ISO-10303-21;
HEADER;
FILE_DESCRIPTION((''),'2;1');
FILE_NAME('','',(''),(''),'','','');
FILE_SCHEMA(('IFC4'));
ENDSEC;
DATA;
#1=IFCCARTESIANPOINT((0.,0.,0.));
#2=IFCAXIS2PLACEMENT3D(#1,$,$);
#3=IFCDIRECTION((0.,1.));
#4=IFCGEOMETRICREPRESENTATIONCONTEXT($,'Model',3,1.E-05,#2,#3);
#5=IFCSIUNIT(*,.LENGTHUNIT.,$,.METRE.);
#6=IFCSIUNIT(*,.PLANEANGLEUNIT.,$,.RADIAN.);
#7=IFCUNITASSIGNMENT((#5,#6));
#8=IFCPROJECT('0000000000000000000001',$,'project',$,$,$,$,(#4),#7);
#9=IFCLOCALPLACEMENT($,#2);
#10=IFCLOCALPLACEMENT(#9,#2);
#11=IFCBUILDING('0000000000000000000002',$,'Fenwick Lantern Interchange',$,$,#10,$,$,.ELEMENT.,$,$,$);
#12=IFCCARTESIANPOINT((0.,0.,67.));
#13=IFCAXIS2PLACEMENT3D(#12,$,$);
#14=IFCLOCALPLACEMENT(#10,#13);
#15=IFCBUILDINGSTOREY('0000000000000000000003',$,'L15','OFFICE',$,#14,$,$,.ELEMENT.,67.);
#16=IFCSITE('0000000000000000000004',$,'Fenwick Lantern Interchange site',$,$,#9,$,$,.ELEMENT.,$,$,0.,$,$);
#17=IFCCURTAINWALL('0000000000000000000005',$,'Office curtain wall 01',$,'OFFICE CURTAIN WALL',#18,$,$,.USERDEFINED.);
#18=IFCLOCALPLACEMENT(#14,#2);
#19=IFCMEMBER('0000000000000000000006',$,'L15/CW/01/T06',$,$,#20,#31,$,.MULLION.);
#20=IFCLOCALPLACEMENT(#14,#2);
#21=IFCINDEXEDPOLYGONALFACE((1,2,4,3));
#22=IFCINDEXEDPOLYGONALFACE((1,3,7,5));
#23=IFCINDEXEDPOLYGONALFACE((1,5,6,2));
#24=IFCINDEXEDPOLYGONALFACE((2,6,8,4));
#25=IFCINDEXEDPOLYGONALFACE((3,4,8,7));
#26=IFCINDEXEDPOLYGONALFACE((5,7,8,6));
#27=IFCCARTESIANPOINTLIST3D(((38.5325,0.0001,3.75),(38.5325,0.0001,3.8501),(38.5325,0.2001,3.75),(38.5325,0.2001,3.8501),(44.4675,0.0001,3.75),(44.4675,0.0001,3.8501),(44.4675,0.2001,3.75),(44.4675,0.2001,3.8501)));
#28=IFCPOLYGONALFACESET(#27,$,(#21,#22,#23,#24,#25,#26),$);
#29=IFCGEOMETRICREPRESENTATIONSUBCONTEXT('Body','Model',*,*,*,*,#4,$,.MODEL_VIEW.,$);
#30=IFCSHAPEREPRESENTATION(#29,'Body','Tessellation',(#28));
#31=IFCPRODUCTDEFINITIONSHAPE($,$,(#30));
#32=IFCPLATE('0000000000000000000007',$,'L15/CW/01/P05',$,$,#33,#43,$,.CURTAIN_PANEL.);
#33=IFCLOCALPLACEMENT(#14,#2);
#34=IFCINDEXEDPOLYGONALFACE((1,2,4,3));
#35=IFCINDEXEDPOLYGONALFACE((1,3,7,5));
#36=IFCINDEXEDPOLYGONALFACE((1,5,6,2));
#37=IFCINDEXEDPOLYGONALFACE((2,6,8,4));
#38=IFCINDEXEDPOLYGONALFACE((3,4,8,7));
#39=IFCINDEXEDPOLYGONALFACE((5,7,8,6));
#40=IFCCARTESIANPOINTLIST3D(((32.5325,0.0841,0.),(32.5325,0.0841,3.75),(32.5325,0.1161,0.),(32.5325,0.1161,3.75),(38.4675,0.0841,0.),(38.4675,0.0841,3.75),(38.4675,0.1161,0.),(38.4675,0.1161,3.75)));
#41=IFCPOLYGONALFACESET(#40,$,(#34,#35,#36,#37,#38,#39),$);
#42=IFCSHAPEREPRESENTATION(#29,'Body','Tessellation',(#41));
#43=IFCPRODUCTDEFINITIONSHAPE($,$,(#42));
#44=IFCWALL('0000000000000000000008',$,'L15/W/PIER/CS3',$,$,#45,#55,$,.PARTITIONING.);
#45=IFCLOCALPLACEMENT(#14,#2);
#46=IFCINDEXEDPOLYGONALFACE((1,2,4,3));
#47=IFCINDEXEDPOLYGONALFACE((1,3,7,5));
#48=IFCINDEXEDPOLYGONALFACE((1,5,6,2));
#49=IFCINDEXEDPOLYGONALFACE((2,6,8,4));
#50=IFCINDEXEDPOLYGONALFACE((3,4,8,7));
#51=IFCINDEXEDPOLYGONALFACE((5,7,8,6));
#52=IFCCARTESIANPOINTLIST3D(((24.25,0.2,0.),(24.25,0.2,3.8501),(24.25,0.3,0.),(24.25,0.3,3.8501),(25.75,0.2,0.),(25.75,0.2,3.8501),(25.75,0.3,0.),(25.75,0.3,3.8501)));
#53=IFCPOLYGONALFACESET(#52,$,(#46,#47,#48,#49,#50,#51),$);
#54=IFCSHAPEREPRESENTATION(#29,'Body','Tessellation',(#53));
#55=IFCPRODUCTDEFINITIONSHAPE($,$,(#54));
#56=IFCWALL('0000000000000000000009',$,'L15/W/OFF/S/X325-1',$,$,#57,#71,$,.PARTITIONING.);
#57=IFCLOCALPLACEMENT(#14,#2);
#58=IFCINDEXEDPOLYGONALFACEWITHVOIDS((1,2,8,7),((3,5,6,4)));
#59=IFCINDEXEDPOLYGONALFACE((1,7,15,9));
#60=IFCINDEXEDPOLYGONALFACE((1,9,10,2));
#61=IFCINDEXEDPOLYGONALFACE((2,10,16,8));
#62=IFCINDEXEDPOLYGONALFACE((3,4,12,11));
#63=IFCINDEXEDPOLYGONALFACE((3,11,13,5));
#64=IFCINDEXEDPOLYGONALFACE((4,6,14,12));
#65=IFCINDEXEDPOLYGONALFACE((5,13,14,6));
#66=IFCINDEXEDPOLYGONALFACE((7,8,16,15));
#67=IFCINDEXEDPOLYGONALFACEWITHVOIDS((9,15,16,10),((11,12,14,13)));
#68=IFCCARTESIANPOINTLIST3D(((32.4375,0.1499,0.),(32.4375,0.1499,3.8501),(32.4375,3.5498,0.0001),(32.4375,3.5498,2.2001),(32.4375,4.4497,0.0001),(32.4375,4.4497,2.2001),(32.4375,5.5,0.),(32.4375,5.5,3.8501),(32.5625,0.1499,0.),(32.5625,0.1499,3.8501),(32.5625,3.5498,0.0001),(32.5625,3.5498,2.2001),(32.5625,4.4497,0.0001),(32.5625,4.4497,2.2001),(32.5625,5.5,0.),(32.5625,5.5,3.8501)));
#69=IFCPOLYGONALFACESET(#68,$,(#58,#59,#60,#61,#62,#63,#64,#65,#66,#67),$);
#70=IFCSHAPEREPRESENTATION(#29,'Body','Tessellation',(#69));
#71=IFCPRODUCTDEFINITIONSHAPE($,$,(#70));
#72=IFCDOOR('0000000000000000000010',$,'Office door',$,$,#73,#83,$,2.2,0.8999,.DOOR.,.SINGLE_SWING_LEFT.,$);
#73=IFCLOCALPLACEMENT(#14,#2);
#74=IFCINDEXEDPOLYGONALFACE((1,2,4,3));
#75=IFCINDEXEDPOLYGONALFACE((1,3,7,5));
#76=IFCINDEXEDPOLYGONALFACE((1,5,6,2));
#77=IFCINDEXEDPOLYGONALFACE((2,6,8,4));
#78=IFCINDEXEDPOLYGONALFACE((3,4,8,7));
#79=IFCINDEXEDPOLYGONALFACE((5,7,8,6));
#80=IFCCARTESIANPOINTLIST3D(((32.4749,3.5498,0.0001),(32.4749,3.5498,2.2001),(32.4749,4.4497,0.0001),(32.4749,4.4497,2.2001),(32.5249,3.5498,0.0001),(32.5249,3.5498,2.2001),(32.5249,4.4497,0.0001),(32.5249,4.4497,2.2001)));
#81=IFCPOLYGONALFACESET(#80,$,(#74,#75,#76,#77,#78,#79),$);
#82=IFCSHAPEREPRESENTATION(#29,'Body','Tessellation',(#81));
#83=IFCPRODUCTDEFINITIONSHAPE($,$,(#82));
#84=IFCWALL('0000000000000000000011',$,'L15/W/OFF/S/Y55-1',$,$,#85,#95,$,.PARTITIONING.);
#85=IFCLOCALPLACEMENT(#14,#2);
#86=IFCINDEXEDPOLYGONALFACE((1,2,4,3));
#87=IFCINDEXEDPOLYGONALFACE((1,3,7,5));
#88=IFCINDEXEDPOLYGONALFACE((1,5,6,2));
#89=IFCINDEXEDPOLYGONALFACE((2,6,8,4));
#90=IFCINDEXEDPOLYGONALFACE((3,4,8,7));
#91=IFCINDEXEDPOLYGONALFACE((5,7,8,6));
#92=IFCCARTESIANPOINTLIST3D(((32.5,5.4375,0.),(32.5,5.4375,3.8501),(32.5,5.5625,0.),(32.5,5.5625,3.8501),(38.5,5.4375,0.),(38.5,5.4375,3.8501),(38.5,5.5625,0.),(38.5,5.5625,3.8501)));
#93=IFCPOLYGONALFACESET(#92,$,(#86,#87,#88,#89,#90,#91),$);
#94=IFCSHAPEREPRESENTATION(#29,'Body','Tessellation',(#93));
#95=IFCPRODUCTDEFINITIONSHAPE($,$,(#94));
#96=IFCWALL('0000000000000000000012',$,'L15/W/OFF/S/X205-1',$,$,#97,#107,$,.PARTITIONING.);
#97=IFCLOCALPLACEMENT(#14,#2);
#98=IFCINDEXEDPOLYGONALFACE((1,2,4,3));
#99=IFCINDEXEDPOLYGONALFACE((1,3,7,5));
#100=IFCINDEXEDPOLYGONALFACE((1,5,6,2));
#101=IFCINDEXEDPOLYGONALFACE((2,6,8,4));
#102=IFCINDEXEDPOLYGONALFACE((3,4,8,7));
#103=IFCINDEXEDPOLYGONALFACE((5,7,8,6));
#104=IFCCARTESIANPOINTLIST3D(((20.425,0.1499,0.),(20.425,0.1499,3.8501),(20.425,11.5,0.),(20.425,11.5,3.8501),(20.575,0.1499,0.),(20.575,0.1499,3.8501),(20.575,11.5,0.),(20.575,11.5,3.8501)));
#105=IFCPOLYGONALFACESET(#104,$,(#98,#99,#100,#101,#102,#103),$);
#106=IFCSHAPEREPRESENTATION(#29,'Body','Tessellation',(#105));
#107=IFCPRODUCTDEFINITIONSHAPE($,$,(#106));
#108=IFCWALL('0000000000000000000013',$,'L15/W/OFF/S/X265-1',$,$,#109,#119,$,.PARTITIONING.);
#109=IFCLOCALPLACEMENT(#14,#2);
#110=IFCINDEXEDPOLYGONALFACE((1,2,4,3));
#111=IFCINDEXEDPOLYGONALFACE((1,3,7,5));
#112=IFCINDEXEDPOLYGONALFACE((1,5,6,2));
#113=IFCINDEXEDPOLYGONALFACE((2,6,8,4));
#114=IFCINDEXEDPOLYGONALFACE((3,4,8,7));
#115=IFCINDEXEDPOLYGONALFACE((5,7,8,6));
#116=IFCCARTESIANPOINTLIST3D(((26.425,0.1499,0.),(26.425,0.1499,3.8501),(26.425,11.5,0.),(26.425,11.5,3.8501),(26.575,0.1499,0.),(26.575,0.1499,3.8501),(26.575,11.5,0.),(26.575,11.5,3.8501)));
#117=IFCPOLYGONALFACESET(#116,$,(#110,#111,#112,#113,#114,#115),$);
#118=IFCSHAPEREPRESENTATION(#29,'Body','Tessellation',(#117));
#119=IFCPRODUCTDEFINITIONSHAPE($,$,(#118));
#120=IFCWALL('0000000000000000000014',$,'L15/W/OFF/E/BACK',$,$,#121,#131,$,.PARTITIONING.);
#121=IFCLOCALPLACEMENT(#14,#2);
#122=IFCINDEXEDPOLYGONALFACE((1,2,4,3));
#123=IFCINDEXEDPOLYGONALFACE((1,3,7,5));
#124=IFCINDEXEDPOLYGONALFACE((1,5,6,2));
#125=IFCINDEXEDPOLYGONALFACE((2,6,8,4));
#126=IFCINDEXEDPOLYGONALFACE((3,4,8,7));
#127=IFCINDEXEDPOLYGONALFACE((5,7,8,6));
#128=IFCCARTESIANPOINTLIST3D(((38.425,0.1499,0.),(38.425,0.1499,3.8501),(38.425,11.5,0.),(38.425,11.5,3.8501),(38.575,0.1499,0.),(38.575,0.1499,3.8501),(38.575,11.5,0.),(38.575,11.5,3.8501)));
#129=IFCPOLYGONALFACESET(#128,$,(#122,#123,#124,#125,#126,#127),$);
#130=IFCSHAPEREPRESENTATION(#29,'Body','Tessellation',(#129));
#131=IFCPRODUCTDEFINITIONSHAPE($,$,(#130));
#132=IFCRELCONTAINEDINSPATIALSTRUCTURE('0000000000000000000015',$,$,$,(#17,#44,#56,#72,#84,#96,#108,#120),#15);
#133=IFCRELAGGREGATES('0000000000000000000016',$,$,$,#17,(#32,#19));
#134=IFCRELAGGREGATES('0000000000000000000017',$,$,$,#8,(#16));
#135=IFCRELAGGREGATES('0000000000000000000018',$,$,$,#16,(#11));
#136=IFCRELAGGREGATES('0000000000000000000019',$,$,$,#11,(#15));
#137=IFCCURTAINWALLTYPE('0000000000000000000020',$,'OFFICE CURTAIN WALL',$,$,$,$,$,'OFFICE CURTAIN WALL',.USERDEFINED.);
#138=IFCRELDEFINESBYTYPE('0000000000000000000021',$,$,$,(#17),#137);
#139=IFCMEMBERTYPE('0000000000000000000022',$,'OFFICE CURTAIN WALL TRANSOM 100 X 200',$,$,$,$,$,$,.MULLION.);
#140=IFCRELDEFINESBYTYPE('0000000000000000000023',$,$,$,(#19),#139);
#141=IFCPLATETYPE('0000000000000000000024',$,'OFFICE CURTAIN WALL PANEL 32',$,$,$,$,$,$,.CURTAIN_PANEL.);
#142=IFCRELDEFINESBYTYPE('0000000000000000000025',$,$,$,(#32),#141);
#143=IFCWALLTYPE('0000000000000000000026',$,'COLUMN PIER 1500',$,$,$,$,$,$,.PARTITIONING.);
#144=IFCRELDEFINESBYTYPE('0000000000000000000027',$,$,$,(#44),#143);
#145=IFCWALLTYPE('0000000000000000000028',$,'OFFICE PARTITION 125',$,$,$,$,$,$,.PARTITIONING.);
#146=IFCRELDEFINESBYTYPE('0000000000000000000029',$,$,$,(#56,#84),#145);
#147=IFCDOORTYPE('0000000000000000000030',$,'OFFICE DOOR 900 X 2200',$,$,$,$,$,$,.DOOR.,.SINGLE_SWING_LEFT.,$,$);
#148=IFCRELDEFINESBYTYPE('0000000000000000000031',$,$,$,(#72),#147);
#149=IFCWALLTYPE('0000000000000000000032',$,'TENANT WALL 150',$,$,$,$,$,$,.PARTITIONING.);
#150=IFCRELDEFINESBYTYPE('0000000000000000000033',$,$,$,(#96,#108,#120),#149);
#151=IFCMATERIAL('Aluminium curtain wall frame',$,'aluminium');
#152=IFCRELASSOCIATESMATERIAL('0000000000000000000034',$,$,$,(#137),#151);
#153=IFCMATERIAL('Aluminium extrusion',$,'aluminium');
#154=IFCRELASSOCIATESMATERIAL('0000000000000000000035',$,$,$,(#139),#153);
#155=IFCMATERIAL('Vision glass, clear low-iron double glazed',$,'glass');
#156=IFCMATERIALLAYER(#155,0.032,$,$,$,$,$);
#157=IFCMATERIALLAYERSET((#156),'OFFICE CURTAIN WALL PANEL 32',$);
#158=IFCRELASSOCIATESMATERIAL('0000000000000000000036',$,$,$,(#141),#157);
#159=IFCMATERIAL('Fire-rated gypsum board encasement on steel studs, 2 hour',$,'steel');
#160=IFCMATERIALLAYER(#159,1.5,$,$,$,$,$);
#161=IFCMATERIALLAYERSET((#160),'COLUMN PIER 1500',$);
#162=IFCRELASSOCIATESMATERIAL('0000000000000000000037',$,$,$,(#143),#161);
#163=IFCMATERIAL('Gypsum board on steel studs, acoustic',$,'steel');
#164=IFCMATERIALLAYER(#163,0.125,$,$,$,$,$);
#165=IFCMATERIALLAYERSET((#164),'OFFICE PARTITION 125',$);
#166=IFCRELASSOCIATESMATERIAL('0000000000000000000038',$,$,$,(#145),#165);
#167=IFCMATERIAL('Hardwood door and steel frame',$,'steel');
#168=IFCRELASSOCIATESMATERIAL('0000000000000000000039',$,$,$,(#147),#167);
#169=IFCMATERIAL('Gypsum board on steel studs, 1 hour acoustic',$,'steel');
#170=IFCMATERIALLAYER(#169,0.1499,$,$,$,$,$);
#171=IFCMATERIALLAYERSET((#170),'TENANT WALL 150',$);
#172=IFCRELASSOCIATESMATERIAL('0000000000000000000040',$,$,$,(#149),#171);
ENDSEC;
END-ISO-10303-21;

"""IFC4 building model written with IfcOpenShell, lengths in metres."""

from ifc_helpers import new_model, si_unit, direction, frame, frame_2d, origin, origin_2d, place, context, subcontext, project, spatial, rectangle, extrude, material, layer, layer_set, material_profile, profile_set, type_object, element, fill, aggregate, save


model = new_model("IFC4")

# Units and contexts
model_context = context("Model", 3, precision=1e-05, world=origin(), true_north=direction((0.0, 1.0)))
body_context = subcontext(model_context, "Body", "Model", "MODEL_VIEW")
ifc_project = project(units=[si_unit("LENGTHUNIT", "METRE"), si_unit("PLANEANGLEUNIT", "RADIAN")], contexts=[model_context])

# Site, building, storey
site_placement = place(None, origin())
site = spatial("IfcSite", under=ifc_project, at=site_placement, Name="Fenwick Lantern Interchange site", CompositionType="ELEMENT", RefElevation=0.0)
building_placement = place(site_placement, origin())
building = spatial("IfcBuilding", under=site, at=building_placement, Name="Fenwick Lantern Interchange", CompositionType="ELEMENT")
storey_placement = place(building_placement, frame((0.0, 0.0, 67.0)))
storey = spatial("IfcBuildingStorey", under=building, at=storey_placement, Name="L15", Description="OFFICE", CompositionType="ELEMENT", Elevation=67.0)

# Curtain wall, member, plate
ifc_material_1 = material(Name="Aluminium curtain wall frame", Category="aluminium")
curtain_wall_type = type_object("IfcCurtainWallType", Name="OFFICE CURTAIN WALL", ElementType="OFFICE CURTAIN WALL", PredefinedType="USERDEFINED", material=ifc_material_1)
curtain_wall_placement = place(storey_placement, origin())
curtain_wall = element("IfcCurtainWall", 1, at=curtain_wall_placement, inside=storey, type_object=curtain_wall_type, Name="Office curtain wall 01", ObjectType="OFFICE CURTAIN WALL", PredefinedType="USERDEFINED")
ifc_material_2 = material(Name="Aluminium extrusion", Category="aluminium")
ifc_material_profile_1 = material_profile(ifc_material_2, rectangle(XDim=0.2, YDim=0.1001, at=origin_2d()), Name="OFFICE CURTAIN WALL TRANSOM 100 X 200")
ifc_profile_set_1 = profile_set([ifc_material_profile_1], Name="Aluminium extrusion")
member_type_1 = type_object("IfcMemberType", Name="OFFICE CURTAIN WALL TRANSOM 100 X 200", PredefinedType="MULLION", material=ifc_profile_set_1)
member_1_placement = place(storey_placement, frame((38.5325, 0.1001, 3.8), z_axis=(1.0, 0.0, 0.0), x_axis=(0.0, 1.0, 0.0)))
member_1 = element("IfcMember", 2, at=member_1_placement, type_object=member_type_1, Name="L15/CW/01/T06", PredefinedType="MULLION", context=body_context, shape_type="SweptSolid", body=[
    extrude(rectangle(XDim=0.2, YDim=0.1001, at=origin_2d()), origin(), (0.0, 0.0, 1.0), 5.9351),
])
ifc_material_3 = material(Name="Vision glass, clear low-iron double glazed", Category="glass")
ifc_layer_1 = layer(ifc_material_3, 0.032)
ifc_layer_set_1 = layer_set([ifc_layer_1], Name="OFFICE CURTAIN WALL PANEL 32")
plate_type = type_object("IfcPlateType", Name="OFFICE CURTAIN WALL PANEL 32", PredefinedType="CURTAIN_PANEL", material=ifc_layer_set_1)
plate_placement = place(storey_placement, frame((35.5, 0.1001, 0.0), z_axis=(0.0, 0.0, 1.0), x_axis=(1.0, 0.0, 0.0)))
plate = element("IfcPlate", 3, at=plate_placement, type_object=plate_type, Name="L15/CW/01/P05", PredefinedType="CURTAIN_PANEL", context=body_context, shape_type="SweptSolid", body=[
    extrude(rectangle(XDim=5.9351, YDim=0.032, at=origin_2d()), origin(), (0.0, 0.0, 1.0), 3.75),
])
aggregate(curtain_wall, [plate, member_1])

# Wall
ifc_material_4 = material(Name="Fire-rated gypsum board encasement on steel studs, 2 hour", Category="steel")
ifc_layer_2 = layer(ifc_material_4, 1.5)
ifc_layer_set_2 = layer_set([ifc_layer_2], Name="COLUMN PIER 1500")
wall_type_1 = type_object("IfcWallType", Name="COLUMN PIER 1500", PredefinedType="PARTITIONING", material=ifc_layer_set_2)
wall_1_placement = place(storey_placement, frame((25.0, 0.2, 0.0), z_axis=(0.0, 0.0, 1.0), x_axis=(0.0, 1.0, 0.0)))
element("IfcWall", 4, at=wall_1_placement, inside=storey, type_object=wall_type_1, Name="L15/W/PIER/CS3", PredefinedType="PARTITIONING", context=body_context, shape_type="SweptSolid", body=[
    extrude(rectangle(XDim=0.1001, YDim=1.5, at=frame_2d((0.05, 0.0))), origin(), (0.0, 0.0, 1.0), 3.8501),
])

# Wall, opening, door
ifc_material_5 = material(Name="Gypsum board on steel studs, acoustic", Category="steel")
ifc_layer_3 = layer(ifc_material_5, 0.125)
ifc_layer_set_3 = layer_set([ifc_layer_3], Name="OFFICE PARTITION 125")
wall_type_2 = type_object("IfcWallType", Name="OFFICE PARTITION 125", PredefinedType="PARTITIONING", material=ifc_layer_set_3)
wall_2_placement = place(storey_placement, frame((32.5, 0.1499, 0.0), z_axis=(0.0, 0.0, 1.0), x_axis=(0.0, 1.0, 0.0)))
wall_2 = element("IfcWall", 5, at=wall_2_placement, inside=storey, type_object=wall_type_2, Name="L15/W/OFF/S/X325-1", PredefinedType="PARTITIONING", context=body_context, shape_type="SweptSolid", body=[
    extrude(rectangle(XDim=5.3501, YDim=0.125, at=frame_2d((2.675, 0.0))), origin(), (0.0, 0.0, 1.0), 3.8501),
])
opening_placement = place(wall_2_placement, frame((3.3999, 0.0, 0.0)))
opening = element("IfcOpeningElement", 6, at=opening_placement, cuts=wall_2, PredefinedType="OPENING", context=body_context, shape_type="SweptSolid", body=[
    extrude(rectangle(XDim=0.8999, YDim=2.2, at=frame_2d((0.45, 1.1001))), frame((0.0, 0.0725, 0.0), z_axis=(0.0, -1.0, 0.0), x_axis=(1.0, 0.0, 0.0)), (0.0, 0.0, 1.0), 0.145),
])
ifc_material_6 = material(Name="Hardwood door and steel frame", Category="steel")
door_type = type_object("IfcDoorType", Name="OFFICE DOOR 900 X 2200", OperationType="SINGLE_SWING_LEFT", PredefinedType="DOOR", material=ifc_material_6)
door_placement = place(opening_placement, frame((0.8999, 0.0, 0.0), z_axis=(0.0, 0.0, 1.0), x_axis=(-1.0, 0.0, 0.0)))
door = element("IfcDoor", 7, at=door_placement, inside=storey, type_object=door_type, Name="Office door", OperationType="SINGLE_SWING_LEFT", OverallHeight=2.2, OverallWidth=0.8999, PredefinedType="DOOR", context=body_context, shape_type="SweptSolid", body=[
    extrude(rectangle(XDim=0.8999, YDim=2.2, at=frame_2d((0.45, 1.1001))), frame((0.0, 0.0249, 0.0), z_axis=(0.0, -1.0, 0.0), x_axis=(1.0, 0.0, 0.0)), (0.0, 0.0, 1.0), 0.05),
])
fill(opening, door)

# Walls
wall_3_placement = place(storey_placement, frame((32.5, 5.5, 0.0), z_axis=(0.0, 0.0, 1.0), x_axis=(1.0, 0.0, 0.0)))
element("IfcWall", 8, at=wall_3_placement, inside=storey, type_object=wall_type_2, Name="L15/W/OFF/S/Y55-1", PredefinedType="PARTITIONING", context=body_context, shape_type="SweptSolid", body=[
    extrude(rectangle(XDim=6.0, YDim=0.125, at=frame_2d((3.0, 0.0))), origin(), (0.0, 0.0, 1.0), 3.8501),
])
ifc_material_7 = material(Name="Gypsum board on steel studs, 1 hour acoustic", Category="steel")
ifc_layer_4 = layer(ifc_material_7, 0.1499)
ifc_layer_set_4 = layer_set([ifc_layer_4], Name="TENANT WALL 150")
wall_type_3 = type_object("IfcWallType", Name="TENANT WALL 150", PredefinedType="PARTITIONING", material=ifc_layer_set_4)
for number, where, z_axis, x_axis, name in (
    (9, (20.5, 0.1499, 0.0), (0.0, 0.0, 1.0), (0.0, 1.0, 0.0), "L15/W/OFF/S/X205-1"),
    (10, (26.5, 0.1499, 0.0), (0.0, 0.0, 1.0), (0.0, 1.0, 0.0), "L15/W/OFF/S/X265-1"),
    (11, (38.5, 0.1499, 0.0), (0.0, 0.0, 1.0), (0.0, 1.0, 0.0), "L15/W/OFF/E/BACK"),
):
    element("IfcWall", number, at=place(storey_placement, frame(where, z_axis=z_axis, x_axis=x_axis)), inside=storey, type_object=wall_type_3, Name=name, PredefinedType="PARTITIONING", context=body_context, shape_type="SweptSolid", body=[
        extrude(rectangle(XDim=11.3501, YDim=0.1499, at=frame_2d((5.675, 0.0))), origin(), (0.0, 0.0, 1.0), 3.8501),
    ])

save(model, "model.ifc")
